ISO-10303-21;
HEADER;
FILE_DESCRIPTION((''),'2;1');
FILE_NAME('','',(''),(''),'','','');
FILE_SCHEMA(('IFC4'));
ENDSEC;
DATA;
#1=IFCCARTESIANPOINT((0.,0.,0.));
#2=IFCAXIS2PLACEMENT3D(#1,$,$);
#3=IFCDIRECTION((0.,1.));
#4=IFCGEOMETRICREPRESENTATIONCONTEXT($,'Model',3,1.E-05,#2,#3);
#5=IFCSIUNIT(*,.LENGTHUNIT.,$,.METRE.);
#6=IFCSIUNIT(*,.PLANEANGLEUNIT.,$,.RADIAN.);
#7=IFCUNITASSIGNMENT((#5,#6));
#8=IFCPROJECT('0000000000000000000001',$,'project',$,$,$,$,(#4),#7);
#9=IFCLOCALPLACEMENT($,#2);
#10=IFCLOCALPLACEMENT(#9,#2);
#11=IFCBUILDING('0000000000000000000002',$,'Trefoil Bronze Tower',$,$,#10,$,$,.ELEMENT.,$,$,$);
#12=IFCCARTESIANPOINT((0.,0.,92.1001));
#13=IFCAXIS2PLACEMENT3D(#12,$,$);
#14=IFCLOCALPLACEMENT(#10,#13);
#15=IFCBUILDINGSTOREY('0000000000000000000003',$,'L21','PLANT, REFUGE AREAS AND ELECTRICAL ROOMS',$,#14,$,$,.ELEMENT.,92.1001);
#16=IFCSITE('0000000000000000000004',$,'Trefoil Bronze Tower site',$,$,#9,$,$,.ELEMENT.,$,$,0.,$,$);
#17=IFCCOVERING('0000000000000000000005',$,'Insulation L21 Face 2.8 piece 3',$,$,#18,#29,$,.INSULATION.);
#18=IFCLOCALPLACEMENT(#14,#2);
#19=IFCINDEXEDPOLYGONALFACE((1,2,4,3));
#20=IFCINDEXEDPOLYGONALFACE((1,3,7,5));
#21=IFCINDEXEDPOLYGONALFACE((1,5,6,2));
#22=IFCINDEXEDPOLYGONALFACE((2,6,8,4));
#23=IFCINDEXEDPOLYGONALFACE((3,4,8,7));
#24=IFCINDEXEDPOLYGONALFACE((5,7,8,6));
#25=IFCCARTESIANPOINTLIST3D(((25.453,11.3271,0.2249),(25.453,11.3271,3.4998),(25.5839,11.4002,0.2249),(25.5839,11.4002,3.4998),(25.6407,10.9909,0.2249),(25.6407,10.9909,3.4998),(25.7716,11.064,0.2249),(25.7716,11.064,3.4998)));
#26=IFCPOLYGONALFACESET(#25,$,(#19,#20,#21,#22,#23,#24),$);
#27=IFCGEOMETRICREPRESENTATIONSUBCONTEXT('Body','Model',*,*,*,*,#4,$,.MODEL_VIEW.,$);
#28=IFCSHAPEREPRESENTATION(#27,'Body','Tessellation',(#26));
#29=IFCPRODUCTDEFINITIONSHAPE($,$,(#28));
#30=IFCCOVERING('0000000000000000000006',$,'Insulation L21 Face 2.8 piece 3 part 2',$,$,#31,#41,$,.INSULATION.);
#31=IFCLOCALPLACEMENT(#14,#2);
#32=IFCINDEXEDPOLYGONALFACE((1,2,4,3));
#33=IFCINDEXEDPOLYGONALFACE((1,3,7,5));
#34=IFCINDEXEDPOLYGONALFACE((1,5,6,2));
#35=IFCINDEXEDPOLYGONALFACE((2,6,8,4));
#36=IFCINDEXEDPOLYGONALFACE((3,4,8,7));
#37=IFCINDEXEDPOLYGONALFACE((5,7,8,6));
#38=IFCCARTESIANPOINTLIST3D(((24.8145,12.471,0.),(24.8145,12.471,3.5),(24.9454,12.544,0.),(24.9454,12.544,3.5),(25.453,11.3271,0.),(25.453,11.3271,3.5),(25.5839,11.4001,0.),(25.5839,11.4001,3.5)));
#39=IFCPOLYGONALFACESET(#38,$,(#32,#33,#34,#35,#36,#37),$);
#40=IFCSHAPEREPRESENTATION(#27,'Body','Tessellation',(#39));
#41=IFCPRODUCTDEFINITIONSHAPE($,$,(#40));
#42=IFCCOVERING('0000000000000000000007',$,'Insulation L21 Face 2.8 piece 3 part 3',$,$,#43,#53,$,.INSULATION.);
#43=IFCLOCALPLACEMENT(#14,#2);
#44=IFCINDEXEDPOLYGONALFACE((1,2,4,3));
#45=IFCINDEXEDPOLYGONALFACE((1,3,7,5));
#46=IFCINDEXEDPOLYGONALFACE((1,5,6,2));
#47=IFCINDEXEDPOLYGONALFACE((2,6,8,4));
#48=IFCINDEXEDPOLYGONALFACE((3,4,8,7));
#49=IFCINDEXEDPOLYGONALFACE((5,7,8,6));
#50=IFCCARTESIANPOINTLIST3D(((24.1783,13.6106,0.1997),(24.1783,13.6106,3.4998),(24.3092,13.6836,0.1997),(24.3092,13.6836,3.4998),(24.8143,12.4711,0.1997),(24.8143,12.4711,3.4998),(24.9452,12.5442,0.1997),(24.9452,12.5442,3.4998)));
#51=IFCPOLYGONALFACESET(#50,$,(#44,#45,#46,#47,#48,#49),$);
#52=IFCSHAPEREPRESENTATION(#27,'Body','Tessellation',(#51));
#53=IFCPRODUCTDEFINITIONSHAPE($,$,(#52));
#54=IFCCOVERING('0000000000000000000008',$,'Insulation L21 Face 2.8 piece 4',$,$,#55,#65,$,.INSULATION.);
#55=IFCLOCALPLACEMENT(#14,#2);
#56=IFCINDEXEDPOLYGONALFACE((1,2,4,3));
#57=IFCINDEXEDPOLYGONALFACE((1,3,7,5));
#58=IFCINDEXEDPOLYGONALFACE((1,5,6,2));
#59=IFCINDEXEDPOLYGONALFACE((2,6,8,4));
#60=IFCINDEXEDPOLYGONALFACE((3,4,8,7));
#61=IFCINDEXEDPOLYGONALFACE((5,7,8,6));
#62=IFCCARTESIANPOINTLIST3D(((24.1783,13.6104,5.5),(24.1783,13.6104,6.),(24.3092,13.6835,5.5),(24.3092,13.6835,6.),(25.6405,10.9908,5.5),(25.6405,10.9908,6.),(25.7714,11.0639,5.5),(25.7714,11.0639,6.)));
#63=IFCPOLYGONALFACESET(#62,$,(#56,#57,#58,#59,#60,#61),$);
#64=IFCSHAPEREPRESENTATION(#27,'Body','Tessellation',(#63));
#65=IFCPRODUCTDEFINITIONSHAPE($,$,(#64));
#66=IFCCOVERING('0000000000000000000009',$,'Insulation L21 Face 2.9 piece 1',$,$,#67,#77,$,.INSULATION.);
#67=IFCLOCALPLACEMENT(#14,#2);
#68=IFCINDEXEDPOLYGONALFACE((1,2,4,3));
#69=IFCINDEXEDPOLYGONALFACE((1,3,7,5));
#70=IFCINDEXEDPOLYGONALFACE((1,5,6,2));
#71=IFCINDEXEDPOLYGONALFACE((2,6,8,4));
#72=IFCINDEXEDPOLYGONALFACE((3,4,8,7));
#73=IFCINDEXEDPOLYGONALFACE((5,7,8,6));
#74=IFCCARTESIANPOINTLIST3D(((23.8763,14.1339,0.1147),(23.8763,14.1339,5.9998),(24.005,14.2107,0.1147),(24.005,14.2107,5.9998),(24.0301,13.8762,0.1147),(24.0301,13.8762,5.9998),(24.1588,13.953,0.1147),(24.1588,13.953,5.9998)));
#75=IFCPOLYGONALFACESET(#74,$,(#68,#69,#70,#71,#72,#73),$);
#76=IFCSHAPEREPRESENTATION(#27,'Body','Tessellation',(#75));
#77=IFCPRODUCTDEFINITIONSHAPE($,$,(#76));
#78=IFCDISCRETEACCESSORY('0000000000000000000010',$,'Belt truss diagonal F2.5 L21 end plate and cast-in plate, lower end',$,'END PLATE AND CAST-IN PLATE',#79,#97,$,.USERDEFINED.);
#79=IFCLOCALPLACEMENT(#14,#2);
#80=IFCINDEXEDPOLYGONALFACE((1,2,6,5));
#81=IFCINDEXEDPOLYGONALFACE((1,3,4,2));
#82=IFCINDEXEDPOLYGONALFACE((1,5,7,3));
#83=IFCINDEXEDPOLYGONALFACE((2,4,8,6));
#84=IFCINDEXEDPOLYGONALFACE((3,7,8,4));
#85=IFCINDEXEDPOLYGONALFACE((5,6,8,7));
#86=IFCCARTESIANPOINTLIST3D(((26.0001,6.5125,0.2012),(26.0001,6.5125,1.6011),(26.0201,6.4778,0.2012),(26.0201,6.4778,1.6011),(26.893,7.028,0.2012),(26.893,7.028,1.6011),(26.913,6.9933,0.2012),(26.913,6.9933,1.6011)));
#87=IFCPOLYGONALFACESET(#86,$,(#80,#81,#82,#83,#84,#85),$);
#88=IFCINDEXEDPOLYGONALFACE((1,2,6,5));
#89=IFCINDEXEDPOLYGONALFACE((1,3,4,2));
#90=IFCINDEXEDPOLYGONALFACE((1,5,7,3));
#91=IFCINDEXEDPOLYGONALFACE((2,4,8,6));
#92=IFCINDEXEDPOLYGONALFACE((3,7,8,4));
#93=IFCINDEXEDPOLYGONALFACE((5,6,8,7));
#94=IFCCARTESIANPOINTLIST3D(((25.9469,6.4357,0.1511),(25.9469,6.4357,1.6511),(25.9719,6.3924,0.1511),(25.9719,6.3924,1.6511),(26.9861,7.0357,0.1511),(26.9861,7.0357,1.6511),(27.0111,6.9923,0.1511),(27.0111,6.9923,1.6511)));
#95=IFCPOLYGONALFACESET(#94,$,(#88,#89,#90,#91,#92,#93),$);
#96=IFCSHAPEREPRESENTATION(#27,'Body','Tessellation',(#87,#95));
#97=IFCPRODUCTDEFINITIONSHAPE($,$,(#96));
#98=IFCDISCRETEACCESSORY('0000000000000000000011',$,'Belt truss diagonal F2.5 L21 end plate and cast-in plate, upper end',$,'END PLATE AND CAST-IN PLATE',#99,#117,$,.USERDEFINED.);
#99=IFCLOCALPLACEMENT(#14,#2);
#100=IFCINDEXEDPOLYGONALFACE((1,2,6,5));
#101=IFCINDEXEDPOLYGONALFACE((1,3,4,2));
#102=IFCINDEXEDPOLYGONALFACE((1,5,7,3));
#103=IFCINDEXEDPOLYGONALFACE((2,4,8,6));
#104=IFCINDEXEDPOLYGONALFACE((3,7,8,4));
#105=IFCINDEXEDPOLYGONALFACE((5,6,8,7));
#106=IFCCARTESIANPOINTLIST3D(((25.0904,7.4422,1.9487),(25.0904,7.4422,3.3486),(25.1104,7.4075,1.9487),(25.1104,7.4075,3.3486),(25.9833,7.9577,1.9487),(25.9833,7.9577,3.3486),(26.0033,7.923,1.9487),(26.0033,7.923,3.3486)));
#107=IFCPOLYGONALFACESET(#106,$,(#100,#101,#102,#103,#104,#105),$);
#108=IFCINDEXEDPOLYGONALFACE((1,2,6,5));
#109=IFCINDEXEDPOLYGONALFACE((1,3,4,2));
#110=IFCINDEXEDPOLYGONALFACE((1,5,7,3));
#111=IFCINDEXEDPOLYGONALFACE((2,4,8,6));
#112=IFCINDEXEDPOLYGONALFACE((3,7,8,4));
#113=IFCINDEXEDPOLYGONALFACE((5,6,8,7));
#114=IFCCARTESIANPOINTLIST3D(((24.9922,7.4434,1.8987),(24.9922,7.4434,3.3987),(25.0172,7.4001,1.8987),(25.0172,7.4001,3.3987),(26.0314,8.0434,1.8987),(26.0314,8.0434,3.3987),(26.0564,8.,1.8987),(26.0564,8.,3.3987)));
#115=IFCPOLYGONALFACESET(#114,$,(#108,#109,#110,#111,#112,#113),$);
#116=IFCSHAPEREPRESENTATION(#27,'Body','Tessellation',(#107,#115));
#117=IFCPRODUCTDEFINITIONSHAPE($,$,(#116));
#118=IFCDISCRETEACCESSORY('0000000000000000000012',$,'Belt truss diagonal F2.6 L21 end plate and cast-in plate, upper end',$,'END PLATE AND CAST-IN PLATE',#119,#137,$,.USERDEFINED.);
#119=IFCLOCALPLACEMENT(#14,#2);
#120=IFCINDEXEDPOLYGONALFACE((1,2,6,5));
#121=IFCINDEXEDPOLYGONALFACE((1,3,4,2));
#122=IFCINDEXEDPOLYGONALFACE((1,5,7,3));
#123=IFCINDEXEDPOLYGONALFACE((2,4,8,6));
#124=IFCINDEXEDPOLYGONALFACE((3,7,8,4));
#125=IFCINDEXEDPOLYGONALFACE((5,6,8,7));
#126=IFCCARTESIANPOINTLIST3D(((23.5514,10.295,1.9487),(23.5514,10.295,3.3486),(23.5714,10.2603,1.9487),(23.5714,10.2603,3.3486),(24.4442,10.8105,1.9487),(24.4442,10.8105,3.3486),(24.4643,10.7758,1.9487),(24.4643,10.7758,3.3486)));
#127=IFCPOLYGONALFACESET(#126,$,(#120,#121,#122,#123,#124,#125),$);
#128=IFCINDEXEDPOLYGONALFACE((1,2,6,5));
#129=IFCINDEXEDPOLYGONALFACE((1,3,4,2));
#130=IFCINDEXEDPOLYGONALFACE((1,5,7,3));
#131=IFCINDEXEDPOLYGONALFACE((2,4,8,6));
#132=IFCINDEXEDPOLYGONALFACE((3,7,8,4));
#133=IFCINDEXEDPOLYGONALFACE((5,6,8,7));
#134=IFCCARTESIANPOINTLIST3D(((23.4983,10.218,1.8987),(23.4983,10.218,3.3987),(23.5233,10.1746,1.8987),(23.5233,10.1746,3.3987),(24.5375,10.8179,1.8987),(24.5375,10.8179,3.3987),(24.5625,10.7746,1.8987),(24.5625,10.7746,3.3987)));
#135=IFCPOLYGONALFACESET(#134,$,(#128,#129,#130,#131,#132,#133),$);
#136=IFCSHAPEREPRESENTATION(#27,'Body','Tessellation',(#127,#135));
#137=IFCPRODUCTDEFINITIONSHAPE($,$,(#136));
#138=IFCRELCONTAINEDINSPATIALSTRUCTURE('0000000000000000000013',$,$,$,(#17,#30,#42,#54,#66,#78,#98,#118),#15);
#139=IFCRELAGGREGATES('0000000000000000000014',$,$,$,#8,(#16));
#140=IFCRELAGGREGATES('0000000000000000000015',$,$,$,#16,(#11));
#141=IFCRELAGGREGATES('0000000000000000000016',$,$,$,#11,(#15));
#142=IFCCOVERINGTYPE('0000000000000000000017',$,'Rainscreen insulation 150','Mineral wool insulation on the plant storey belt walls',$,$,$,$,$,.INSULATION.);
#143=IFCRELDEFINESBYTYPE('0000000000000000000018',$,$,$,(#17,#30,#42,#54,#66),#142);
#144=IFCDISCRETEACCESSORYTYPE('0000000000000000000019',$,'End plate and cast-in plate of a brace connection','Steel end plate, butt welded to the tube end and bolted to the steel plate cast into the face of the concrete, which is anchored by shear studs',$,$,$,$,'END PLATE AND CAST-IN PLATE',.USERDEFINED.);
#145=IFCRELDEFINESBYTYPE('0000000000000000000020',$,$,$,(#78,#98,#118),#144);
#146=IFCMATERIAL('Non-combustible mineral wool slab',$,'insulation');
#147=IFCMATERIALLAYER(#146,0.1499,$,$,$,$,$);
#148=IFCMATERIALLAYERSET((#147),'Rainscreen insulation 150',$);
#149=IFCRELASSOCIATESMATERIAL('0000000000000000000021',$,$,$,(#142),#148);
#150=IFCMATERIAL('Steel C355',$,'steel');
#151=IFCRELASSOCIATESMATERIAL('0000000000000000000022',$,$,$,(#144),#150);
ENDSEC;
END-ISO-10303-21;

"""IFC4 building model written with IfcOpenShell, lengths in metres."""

from ifc_helpers import new_model, si_unit, direction, frame, origin, origin_2d, place, context, subcontext, project, spatial, rectangle, extrude, material, layer, layer_set, type_object, element, save


model = new_model("IFC4")

# Units and contexts
model_context = context("Model", 3, precision=1e-05, world=origin(), true_north=direction((0.0, 1.0)))
body_context = subcontext(model_context, "Body", "Model", "MODEL_VIEW")
ifc_project = project(units=[si_unit("LENGTHUNIT", "METRE"), si_unit("PLANEANGLEUNIT", "RADIAN")], contexts=[model_context])

# Site, building, storey
site_placement = place(None, origin())
site = spatial("IfcSite", under=ifc_project, at=site_placement, Name="Trefoil Bronze Tower site", CompositionType="ELEMENT", RefElevation=0.0)
building_placement = place(site_placement, origin())
building = spatial("IfcBuilding", under=site, at=building_placement, Name="Trefoil Bronze Tower", CompositionType="ELEMENT")
storey_placement = place(building_placement, frame((0.0, 0.0, 92.1001)))
storey = spatial("IfcBuildingStorey", under=building, at=storey_placement, Name="L21", Description="PLANT, REFUGE AREAS AND ELECTRICAL ROOMS", CompositionType="ELEMENT", Elevation=92.1001)

# Coverings
ifc_material_1 = material(Name="Non-combustible mineral wool slab", Category="insulation")
ifc_layer_1 = layer(ifc_material_1, 0.1499)
ifc_layer_set_1 = layer_set([ifc_layer_1], Name="Rainscreen insulation 150")
covering_type_1 = type_object("IfcCoveringType", Name="Rainscreen insulation 150", Description="Mineral wool insulation on the plant storey belt walls", PredefinedType="INSULATION", material=ifc_layer_set_1)
covering_1_placement = place(storey_placement, frame((25.6123, 11.1956, 0.2249), z_axis=(0.0, 0.0, 1.0), x_axis=(-0.487382, 0.873189, 0.0)))
element("IfcCovering", 1, at=covering_1_placement, inside=storey, type_object=covering_type_1, Name="Insulation L21 Face 2.8 piece 3", PredefinedType="INSULATION", context=body_context, shape_type="SweptSolid", body=[
    extrude(rectangle(XDim=0.385, YDim=0.1499, at=origin_2d()), origin(), (0.0, 0.0, 1.0), 3.2749),
])
covering_2_placement = place(storey_placement, frame((25.1992, 11.9355, 0.0), z_axis=(0.0, 0.0, 1.0), x_axis=(-0.487382, 0.873189, 0.0)))
element("IfcCovering", 2, at=covering_2_placement, inside=storey, type_object=covering_type_1, Name="Insulation L21 Face 2.8 piece 3 part 2", PredefinedType="INSULATION", context=body_context, shape_type="SweptSolid", body=[
    extrude(rectangle(XDim=1.3101, YDim=0.1499, at=origin_2d()), origin(), (0.0, 0.0, 1.0), 3.5),
])
covering_3_placement = place(storey_placement, frame((24.5618, 13.0774, 0.1997), z_axis=(0.0, 0.0, 1.0), x_axis=(-0.487382, 0.873189, 0.0)))
element("IfcCovering", 3, at=covering_3_placement, inside=storey, type_object=covering_type_1, Name="Insulation L21 Face 2.8 piece 3 part 3", PredefinedType="INSULATION", context=body_context, shape_type="SweptSolid", body=[
    extrude(rectangle(XDim=1.3049, YDim=0.1499, at=origin_2d()), origin(), (0.0, 0.0, 1.0), 3.3),
])
covering_4_placement = place(storey_placement, frame((24.9749, 12.3372, 5.5), z_axis=(0.0, 0.0, 1.0), x_axis=(-0.487382, 0.873189, 0.0)))
element("IfcCovering", 4, at=covering_4_placement, inside=storey, type_object=covering_type_1, Name="Insulation L21 Face 2.8 piece 4", PredefinedType="INSULATION", context=body_context, shape_type="SweptSolid", body=[
    extrude(rectangle(XDim=3.0, YDim=0.1499, at=origin_2d()), origin(), (0.0, 0.0, 1.0), 0.5),
])
covering_5_placement = place(storey_placement, frame((24.0176, 14.0435, 0.1147), z_axis=(0.0, 0.0, 1.0), x_axis=(-0.512513, 0.85868, 0.0)))
element("IfcCovering", 5, at=covering_5_placement, inside=storey, type_object=covering_type_1, Name="Insulation L21 Face 2.9 piece 1", PredefinedType="INSULATION", context=body_context, shape_type="SweptSolid", body=[
    extrude(rectangle(XDim=0.3, YDim=0.1499, at=origin_2d()), origin(), (0.0, 0.0, 1.0), 5.885),
])

# Discrete accessories
ifc_material_2 = material(Name="Steel C355", Category="steel")
discrete_accessory_type = type_object("IfcDiscreteAccessoryType", Name="End plate and cast-in plate of a brace connection", Description="Steel end plate, butt welded to the tube end and bolted to the steel plate cast into the face of the concrete, which is anchored by shear studs", ElementType="END PLATE AND CAST-IN PLATE", PredefinedType="USERDEFINED", material=ifc_material_2)
discrete_accessory_placement = place(storey_placement, frame((26.4666, 6.7356, 0.9011), z_axis=(0.0, 0.0, 1.0), x_axis=(-0.5, 0.866025, 0.0)))
element("IfcDiscreteAccessory", 6, at=discrete_accessory_placement, inside=storey, type_object=discrete_accessory_type, Name="Belt truss diagonal F2.5 L21 end plate and cast-in plate, lower end", ObjectType="END PLATE AND CAST-IN PLATE", PredefinedType="USERDEFINED", context=body_context, shape_type="SweptSolid", body=[
    extrude(rectangle(XDim=0.04, YDim=1.031, at=origin_2d()), frame((0.02, 0.0, -0.7)), (0.0, 0.0, 1.0), 1.3999),
    extrude(rectangle(XDim=0.05, YDim=1.2, at=origin_2d()), frame((-0.0249, 0.0, -0.75)), (0.0, 0.0, 1.0), 1.5),
])
for number, where, z_axis, x_axis, name in (
    (7, (25.5369, 7.7, 2.6487), (0.0, 0.0, 1.0), (0.5, -0.866025, 0.0), "Belt truss diagonal F2.5 L21 end plate and cast-in plate, upper end"),
    (8, (24.0178, 10.5181, 2.6487), (0.0, 0.0, 1.0), (-0.5, 0.866025, 0.0), "Belt truss diagonal F2.6 L21 end plate and cast-in plate, upper end"),
):
    element("IfcDiscreteAccessory", number, at=place(storey_placement, frame(where, z_axis=z_axis, x_axis=x_axis)), inside=storey, type_object=discrete_accessory_type, Name=name, ObjectType="END PLATE AND CAST-IN PLATE", PredefinedType="USERDEFINED", context=body_context, shape_type="SweptSolid", body=[
        extrude(rectangle(XDim=0.04, YDim=1.031, at=origin_2d()), frame((0.02, 0.0, -0.7)), (0.0, 0.0, 1.0), 1.3999),
        extrude(rectangle(XDim=0.05, YDim=1.2, at=origin_2d()), frame((-0.0251, 0.0, -0.75)), (0.0, 0.0, 1.0), 1.5),
    ])

save(model, "model.ifc")
